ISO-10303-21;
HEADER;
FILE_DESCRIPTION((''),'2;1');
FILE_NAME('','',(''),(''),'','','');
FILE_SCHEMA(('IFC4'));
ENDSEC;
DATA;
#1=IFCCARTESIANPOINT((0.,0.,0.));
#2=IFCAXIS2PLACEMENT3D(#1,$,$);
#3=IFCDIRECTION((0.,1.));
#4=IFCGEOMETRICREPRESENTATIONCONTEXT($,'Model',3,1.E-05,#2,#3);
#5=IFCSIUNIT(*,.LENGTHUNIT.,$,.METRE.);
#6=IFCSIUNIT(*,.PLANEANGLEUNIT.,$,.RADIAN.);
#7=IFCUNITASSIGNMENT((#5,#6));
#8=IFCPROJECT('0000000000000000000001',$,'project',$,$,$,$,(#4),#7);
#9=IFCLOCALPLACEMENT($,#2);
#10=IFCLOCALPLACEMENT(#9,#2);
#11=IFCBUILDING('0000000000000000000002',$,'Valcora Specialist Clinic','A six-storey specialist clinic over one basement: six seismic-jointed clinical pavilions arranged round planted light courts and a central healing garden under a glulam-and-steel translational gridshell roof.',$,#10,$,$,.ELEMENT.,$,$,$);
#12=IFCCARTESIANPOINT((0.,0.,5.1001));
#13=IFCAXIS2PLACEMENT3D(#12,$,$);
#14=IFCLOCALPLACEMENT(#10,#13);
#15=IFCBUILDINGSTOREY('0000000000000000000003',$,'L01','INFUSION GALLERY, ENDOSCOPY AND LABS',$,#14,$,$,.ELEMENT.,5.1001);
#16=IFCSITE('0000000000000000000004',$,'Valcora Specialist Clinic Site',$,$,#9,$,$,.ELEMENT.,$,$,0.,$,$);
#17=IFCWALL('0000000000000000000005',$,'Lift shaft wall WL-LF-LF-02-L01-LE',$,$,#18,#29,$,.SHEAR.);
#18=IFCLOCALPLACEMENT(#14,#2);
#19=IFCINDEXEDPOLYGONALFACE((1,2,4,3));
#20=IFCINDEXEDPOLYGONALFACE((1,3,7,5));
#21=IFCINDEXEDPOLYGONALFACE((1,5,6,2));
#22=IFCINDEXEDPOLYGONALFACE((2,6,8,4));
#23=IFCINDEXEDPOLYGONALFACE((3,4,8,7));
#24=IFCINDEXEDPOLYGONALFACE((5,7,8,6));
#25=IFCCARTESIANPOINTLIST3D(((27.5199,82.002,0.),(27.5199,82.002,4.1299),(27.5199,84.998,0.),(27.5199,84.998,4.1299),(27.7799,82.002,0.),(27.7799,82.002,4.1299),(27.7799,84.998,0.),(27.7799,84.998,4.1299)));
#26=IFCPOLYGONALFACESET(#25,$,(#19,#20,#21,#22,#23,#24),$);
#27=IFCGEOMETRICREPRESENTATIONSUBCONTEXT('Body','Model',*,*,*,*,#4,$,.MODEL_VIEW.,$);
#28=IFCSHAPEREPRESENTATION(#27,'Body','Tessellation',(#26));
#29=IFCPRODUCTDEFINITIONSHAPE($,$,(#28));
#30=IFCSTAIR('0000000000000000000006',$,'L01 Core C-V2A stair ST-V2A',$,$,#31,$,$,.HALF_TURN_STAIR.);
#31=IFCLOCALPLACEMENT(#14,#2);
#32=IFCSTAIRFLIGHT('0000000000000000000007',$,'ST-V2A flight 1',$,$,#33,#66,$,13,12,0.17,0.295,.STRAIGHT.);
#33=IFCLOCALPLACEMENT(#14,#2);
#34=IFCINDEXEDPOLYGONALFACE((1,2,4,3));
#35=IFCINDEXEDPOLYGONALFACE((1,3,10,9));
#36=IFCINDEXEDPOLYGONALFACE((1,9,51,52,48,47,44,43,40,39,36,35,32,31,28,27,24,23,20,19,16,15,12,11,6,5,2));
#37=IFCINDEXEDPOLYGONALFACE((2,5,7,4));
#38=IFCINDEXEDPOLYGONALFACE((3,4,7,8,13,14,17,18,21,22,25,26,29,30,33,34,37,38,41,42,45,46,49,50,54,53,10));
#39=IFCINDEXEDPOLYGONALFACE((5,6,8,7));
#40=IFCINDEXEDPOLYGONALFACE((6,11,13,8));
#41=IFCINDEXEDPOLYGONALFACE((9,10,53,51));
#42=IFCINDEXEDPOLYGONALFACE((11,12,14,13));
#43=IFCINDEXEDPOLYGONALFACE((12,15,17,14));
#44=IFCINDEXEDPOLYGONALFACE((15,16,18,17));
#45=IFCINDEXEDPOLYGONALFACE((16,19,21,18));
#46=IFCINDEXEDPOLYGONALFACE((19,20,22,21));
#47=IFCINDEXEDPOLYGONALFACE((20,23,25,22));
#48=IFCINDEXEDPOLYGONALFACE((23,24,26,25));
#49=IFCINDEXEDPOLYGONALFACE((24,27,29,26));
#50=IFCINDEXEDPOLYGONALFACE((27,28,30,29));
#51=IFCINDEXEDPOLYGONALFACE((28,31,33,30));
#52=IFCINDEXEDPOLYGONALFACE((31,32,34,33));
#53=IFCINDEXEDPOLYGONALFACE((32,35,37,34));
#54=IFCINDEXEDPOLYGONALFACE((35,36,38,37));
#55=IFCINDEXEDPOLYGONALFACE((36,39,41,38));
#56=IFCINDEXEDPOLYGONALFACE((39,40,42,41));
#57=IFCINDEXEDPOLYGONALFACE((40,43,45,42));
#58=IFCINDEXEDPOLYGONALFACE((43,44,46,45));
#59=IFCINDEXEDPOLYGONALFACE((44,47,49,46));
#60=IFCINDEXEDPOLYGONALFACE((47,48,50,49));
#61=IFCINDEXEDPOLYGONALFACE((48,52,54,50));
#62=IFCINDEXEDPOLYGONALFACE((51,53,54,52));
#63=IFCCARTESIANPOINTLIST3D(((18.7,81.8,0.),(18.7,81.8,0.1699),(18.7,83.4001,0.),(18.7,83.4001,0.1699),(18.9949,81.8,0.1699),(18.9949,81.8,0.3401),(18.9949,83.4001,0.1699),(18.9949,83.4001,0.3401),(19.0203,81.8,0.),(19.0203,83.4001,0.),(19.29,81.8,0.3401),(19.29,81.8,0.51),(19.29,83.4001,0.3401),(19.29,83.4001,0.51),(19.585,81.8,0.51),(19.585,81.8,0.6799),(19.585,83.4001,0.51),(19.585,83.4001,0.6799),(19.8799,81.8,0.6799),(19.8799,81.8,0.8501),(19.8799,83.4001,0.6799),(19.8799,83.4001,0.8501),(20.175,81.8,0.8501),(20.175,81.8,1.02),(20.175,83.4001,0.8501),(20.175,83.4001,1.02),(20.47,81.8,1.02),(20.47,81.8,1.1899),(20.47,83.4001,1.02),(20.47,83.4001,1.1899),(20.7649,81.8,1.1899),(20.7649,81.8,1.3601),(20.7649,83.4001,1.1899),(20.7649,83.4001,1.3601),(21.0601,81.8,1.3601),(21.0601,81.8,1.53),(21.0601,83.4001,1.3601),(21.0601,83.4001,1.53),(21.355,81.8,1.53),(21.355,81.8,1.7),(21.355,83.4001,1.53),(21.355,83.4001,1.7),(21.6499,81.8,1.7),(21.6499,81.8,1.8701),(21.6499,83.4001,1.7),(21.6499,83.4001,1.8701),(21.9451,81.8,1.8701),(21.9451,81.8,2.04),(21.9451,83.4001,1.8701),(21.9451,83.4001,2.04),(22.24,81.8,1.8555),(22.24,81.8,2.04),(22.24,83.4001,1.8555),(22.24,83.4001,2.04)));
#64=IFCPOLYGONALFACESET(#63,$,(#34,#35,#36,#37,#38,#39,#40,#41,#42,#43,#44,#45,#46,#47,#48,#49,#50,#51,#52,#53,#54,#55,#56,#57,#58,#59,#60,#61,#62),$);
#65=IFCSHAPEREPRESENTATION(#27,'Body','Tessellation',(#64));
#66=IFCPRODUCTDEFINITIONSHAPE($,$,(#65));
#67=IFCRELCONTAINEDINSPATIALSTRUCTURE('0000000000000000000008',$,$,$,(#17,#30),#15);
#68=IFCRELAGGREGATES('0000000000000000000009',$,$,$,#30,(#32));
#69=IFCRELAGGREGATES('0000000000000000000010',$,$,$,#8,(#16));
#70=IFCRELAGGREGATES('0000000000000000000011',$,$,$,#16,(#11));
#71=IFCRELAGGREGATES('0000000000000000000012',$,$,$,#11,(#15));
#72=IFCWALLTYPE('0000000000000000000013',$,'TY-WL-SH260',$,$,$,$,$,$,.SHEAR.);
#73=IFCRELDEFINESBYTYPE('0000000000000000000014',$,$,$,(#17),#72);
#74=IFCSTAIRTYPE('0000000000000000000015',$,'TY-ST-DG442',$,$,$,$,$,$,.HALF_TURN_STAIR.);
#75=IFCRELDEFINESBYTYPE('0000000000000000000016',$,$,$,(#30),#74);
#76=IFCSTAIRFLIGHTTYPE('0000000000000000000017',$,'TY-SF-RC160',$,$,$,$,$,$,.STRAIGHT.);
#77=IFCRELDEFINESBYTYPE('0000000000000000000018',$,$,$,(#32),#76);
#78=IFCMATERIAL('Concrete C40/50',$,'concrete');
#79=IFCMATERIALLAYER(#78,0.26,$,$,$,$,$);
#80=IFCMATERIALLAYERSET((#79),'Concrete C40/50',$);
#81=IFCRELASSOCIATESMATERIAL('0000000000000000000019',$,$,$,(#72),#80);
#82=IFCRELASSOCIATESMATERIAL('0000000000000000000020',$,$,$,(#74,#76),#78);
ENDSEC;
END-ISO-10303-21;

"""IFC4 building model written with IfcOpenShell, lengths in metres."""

from ifc_helpers import new_model, si_unit, direction, frame, frame_2d, origin, place, context, subcontext, project, spatial, polyline, rectangle, outline, extrude, material, layer, layer_set, type_object, element, aggregate, save


model = new_model("IFC4")

# Units and contexts
model_context = context("Model", 3, precision=1e-05, world=origin(), true_north=direction((0.0, 1.0)))
body_context = subcontext(model_context, "Body", "Model", "MODEL_VIEW")
ifc_project = project(units=[si_unit("LENGTHUNIT", "METRE"), si_unit("PLANEANGLEUNIT", "RADIAN")], contexts=[model_context])

# Site, building, storey
site_placement = place(None, origin())
site = spatial("IfcSite", under=ifc_project, at=site_placement, Name="Valcora Specialist Clinic Site", CompositionType="ELEMENT", RefElevation=0.0)
building_placement = place(site_placement, origin())
building = spatial("IfcBuilding", under=site, at=building_placement, Name="Valcora Specialist Clinic", Description="A six-storey specialist clinic over one basement: six seismic-jointed clinical pavilions arranged round planted light courts and a central healing garden under a glulam-and-steel translational gridshell roof.", CompositionType="ELEMENT")
storey_placement = place(building_placement, frame((0.0, 0.0, 5.1001)))
storey = spatial("IfcBuildingStorey", under=building, at=storey_placement, Name="L01", Description="INFUSION GALLERY, ENDOSCOPY AND LABS", CompositionType="ELEMENT", Elevation=5.1001)

# Shared definitions
ifc_material_1 = material(Name="Concrete C40/50", Category="concrete")

# Wall
ifc_layer_1 = layer(ifc_material_1, 0.26)
ifc_layer_set_1 = layer_set([ifc_layer_1], Name="Concrete C40/50")
wall_type_1 = type_object("IfcWallType", Name="TY-WL-SH260", PredefinedType="SHEAR", material=ifc_layer_set_1)
wall_1_placement = place(storey_placement, frame((27.6499, 82.002, 0.0), z_axis=(0.0, 0.0, 1.0), x_axis=(0.0, 1.0, 0.0)))
element("IfcWall", 1, at=wall_1_placement, inside=storey, type_object=wall_type_1, Name="Lift shaft wall WL-LF-LF-02-L01-LE", PredefinedType="SHEAR", context=body_context, shape_type="SweptSolid", body=[
    extrude(rectangle(XDim=2.9961, YDim=0.26, at=frame_2d((1.498, 0.0))), origin(), (0.0, 0.0, 1.0), 4.1299),
])

# Stair, stair flight
stair_type = type_object("IfcStairType", Name="TY-ST-DG442", PredefinedType="HALF_TURN_STAIR", material=ifc_material_1)
stair_placement = place(storey_placement, origin())
stair = element("IfcStair", 2, at=stair_placement, inside=storey, type_object=stair_type, Name="L01 Core C-V2A stair ST-V2A", PredefinedType="HALF_TURN_STAIR")
stair_flight_type = type_object("IfcStairFlightType", Name="TY-SF-RC160", PredefinedType="STRAIGHT", material=ifc_material_1)
stair_flight_placement = place(storey_placement, frame((18.7, 82.6001, 0.0), z_axis=(0.0, 0.0, 1.0), x_axis=(1.0, 0.0, 0.0)))
stair_flight = element("IfcStairFlight", 3, at=stair_flight_placement, type_object=stair_flight_type, Name="ST-V2A flight 1", NumberOfRisers=13, NumberOfTreads=12, PredefinedType="STRAIGHT", RiserHeight=0.17, TreadLength=0.295, context=body_context, shape_type="SweptSolid", body=[
    extrude(outline(polyline([(0.0, 0.0), (0.0, 0.1699), (0.2949, 0.1699), (0.2949, 0.3401), (0.5901, 0.3401), (0.5901, 0.51), (0.885, 0.51), (0.885, 0.6799), (1.1799, 0.6799), (1.1799, 0.8501), (1.4751, 0.8501), (1.4751, 1.02), (1.77, 1.02), (1.77, 1.1899), (2.0649, 1.1899), (2.0649, 1.3601), (2.3601, 1.3601), (2.3601, 1.53), (2.655, 1.53), (2.655, 1.7), (2.95, 1.7), (2.95, 1.8701), (3.2451, 1.8701), (3.2451, 2.04), (3.54, 2.04), (3.54, 2.21), (3.54, 1.8555), (0.3203, 0.0), (0.0, 0.0)])), frame((0.0, 0.8, 0.0), z_axis=(0.0, -1.0, 0.0), x_axis=(1.0, 0.0, 0.0)), (0.0, 0.0, 1.0), 1.6001),
])
aggregate(stair, [stair_flight])

save(model, "model.ifc")
